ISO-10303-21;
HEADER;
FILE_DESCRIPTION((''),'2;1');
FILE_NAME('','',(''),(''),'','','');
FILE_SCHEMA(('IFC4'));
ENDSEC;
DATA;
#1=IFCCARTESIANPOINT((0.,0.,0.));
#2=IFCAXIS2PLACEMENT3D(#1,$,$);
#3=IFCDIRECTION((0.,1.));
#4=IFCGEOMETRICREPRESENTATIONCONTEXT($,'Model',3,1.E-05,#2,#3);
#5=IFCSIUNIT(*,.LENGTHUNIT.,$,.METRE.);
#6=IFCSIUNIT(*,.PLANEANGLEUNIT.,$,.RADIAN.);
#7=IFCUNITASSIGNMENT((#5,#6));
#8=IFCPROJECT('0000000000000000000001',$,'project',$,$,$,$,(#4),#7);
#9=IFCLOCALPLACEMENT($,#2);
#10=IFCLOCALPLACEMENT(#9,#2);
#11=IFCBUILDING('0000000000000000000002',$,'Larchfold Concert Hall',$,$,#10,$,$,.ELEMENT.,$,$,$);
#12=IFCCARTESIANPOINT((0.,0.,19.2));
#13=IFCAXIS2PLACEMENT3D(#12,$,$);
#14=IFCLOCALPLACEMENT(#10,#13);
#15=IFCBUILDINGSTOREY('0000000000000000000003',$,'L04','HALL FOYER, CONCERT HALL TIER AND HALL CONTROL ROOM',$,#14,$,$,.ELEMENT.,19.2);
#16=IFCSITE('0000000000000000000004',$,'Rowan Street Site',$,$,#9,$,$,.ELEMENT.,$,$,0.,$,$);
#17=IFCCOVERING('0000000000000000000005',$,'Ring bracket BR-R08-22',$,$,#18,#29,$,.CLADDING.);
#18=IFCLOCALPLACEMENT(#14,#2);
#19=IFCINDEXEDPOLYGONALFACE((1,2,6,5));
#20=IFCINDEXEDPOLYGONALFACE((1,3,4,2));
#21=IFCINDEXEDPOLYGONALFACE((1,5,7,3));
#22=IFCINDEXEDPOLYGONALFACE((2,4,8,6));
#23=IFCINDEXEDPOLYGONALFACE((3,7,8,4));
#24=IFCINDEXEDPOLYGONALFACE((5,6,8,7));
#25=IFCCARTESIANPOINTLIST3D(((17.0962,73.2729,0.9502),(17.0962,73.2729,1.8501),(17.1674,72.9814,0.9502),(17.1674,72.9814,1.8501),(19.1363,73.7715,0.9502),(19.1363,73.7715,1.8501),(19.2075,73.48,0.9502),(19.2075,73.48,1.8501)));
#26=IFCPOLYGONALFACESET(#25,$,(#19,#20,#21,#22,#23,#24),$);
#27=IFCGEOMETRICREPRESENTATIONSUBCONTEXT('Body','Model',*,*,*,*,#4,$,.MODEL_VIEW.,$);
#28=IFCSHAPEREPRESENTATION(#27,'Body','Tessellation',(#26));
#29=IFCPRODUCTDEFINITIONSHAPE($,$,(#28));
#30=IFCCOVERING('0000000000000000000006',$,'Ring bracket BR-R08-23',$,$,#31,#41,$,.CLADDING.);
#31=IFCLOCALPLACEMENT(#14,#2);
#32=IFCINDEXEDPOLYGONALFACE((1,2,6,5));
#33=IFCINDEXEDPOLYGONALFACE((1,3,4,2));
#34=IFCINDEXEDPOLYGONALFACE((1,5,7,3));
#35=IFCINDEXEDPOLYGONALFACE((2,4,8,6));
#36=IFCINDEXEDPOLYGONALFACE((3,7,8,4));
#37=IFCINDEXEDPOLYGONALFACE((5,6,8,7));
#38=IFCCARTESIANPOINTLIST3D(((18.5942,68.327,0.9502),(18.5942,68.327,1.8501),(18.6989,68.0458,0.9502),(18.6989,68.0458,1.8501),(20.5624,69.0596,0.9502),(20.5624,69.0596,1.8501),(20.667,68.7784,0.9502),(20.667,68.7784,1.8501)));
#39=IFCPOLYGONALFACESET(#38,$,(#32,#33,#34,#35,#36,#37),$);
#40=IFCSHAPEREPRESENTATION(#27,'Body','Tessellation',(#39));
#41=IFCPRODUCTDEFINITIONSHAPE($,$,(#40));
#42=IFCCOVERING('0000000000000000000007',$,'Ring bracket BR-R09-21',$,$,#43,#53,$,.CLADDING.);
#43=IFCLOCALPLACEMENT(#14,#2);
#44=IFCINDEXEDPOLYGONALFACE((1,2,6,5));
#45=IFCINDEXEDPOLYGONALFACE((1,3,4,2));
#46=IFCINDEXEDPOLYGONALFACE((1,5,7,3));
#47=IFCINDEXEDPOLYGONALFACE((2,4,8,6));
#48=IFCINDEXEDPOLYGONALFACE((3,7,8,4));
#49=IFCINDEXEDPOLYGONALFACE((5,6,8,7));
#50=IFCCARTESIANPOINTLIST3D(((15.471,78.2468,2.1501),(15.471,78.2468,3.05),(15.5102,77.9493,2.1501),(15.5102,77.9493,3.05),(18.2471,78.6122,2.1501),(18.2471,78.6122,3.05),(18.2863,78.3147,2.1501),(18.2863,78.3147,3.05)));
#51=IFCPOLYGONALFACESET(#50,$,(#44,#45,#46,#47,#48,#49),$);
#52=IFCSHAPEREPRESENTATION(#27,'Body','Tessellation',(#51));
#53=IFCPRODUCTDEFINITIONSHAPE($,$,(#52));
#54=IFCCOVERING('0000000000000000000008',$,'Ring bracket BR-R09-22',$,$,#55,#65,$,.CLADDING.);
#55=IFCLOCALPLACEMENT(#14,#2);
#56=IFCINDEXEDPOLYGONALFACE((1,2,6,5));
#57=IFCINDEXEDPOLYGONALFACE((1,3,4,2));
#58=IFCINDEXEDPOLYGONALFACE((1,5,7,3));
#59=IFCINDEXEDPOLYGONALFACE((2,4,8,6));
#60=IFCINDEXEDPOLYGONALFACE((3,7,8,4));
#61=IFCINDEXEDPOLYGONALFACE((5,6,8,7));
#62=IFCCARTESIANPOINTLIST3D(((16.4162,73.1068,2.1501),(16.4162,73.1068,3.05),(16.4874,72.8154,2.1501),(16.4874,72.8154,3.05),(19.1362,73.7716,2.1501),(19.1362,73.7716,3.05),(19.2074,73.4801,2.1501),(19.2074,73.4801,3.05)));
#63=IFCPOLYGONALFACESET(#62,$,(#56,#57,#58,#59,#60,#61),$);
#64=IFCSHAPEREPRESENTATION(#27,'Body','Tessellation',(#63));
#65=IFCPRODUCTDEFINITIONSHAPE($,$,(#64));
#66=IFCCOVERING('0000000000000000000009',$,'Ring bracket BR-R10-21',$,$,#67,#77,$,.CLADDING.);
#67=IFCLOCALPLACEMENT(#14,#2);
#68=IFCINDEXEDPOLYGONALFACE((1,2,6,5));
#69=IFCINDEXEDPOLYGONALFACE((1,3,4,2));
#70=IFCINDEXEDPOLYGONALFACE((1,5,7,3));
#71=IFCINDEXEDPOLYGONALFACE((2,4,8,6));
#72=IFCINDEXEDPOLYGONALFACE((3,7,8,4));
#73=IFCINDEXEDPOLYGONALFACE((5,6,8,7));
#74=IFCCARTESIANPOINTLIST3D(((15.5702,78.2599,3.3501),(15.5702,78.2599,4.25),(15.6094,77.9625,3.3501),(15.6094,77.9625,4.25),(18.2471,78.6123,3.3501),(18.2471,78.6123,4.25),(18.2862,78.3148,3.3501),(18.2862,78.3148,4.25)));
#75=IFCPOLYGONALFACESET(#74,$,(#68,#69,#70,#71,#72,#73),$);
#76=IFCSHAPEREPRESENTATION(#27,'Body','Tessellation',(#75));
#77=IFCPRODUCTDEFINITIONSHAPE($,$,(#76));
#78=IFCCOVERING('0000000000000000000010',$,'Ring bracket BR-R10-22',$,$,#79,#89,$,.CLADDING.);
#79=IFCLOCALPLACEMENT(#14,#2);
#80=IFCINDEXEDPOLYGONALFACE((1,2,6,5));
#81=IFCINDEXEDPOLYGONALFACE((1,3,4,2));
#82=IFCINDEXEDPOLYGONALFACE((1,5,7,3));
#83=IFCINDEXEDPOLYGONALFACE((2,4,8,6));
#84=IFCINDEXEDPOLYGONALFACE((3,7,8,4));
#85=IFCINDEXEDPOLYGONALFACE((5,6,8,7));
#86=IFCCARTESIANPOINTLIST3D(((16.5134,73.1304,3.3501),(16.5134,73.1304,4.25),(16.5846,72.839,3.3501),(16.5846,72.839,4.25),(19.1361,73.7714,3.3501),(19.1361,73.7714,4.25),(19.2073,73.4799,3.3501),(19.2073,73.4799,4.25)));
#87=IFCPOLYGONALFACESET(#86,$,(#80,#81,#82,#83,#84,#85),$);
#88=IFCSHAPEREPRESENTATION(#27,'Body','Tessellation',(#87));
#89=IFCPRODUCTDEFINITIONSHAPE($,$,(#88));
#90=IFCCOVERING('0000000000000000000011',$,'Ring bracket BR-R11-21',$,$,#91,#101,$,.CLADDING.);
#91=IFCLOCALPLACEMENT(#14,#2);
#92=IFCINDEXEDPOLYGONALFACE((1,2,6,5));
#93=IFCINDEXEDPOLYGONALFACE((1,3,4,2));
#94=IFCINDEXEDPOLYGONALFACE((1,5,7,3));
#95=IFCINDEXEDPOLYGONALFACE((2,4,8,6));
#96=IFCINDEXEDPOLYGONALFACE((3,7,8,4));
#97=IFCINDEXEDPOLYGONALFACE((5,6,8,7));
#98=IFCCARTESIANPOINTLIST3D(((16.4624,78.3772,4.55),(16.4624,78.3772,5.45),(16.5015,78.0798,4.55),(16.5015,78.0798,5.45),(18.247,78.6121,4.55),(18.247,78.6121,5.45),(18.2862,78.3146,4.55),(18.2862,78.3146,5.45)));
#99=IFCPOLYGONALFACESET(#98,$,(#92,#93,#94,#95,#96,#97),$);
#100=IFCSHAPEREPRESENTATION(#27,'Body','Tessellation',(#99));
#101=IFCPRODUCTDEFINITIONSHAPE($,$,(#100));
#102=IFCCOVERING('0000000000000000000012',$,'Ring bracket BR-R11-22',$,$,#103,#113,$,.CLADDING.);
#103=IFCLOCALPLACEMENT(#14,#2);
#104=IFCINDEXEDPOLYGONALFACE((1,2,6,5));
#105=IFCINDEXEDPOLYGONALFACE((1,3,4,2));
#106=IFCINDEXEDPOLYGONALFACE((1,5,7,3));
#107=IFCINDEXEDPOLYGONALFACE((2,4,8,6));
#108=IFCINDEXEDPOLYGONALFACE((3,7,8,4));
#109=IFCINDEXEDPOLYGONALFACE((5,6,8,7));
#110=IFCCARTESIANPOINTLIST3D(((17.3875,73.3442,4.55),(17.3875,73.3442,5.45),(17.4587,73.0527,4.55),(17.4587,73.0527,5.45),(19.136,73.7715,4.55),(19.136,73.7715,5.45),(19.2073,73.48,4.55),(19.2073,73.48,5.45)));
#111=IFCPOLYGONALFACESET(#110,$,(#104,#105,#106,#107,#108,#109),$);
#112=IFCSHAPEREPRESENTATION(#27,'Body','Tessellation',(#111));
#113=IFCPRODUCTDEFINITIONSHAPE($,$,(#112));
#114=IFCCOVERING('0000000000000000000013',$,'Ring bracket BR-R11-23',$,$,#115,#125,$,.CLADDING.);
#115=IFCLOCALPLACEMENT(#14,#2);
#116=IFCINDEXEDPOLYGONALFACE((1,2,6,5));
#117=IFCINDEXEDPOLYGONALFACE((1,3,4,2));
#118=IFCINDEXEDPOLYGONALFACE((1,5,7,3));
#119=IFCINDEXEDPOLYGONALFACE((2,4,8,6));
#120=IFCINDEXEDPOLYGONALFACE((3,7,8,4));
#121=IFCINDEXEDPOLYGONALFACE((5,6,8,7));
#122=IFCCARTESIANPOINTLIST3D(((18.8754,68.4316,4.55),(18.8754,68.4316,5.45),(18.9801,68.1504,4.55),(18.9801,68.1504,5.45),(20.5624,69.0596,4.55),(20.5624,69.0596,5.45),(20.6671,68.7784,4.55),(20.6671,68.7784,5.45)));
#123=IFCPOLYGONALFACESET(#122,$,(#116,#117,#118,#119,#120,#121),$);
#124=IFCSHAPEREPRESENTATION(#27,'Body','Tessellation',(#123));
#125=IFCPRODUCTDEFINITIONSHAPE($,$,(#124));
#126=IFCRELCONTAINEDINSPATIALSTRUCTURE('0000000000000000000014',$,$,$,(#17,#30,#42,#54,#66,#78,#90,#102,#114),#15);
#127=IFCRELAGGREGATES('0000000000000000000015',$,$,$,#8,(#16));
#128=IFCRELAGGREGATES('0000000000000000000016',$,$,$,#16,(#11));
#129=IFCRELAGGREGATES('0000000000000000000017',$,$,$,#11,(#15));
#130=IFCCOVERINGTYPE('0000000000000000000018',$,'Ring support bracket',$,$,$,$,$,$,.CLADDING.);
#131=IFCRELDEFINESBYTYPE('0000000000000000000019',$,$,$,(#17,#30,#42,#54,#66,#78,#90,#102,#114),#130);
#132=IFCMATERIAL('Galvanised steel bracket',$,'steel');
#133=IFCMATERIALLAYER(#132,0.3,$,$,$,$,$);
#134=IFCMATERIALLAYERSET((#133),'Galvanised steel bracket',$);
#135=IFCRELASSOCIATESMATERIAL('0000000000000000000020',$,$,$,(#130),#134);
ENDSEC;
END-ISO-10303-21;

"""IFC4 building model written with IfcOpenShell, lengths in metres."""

from ifc_helpers import new_model, si_unit, direction, frame, origin, origin_2d, place, context, subcontext, project, spatial, rectangle, extrude, material, layer, layer_set, type_object, element, save


model = new_model("IFC4")

# Units and contexts
model_context = context("Model", 3, precision=1e-05, world=origin(), true_north=direction((0.0, 1.0)))
body_context = subcontext(model_context, "Body", "Model", "MODEL_VIEW")
ifc_project = project(units=[si_unit("LENGTHUNIT", "METRE"), si_unit("PLANEANGLEUNIT", "RADIAN")], contexts=[model_context])

# Site, building, storey
site_placement = place(None, origin())
site = spatial("IfcSite", under=ifc_project, at=site_placement, Name="Rowan Street Site", CompositionType="ELEMENT", RefElevation=0.0)
building_placement = place(site_placement, origin())
building = spatial("IfcBuilding", under=site, at=building_placement, Name="Larchfold Concert Hall", CompositionType="ELEMENT")
storey_placement = place(building_placement, frame((0.0, 0.0, 19.2)))
storey = spatial("IfcBuildingStorey", under=building, at=storey_placement, Name="L04", Description="HALL FOYER, CONCERT HALL TIER AND HALL CONTROL ROOM", CompositionType="ELEMENT", Elevation=19.2)

# Coverings
ifc_material_1 = material(Name="Galvanised steel bracket", Category="steel")
ifc_layer_1 = layer(ifc_material_1, 0.3)
ifc_layer_set_1 = layer_set([ifc_layer_1], Name="Galvanised steel bracket")
covering_type = type_object("IfcCoveringType", Name="Ring support bracket", PredefinedType="CLADDING", material=ifc_layer_set_1)
for number, where, z_axis, x_axis, name in (
    (1, (18.1519, 73.3765, 0.9502), (0.0, 0.0, 1.0), (-0.971412, -0.237401, 0.0), "Ring bracket BR-R08-22"),
    (2, (19.6306, 68.5527, 0.9502), (0.0, 0.0, 1.0), (-0.937177, -0.348853, 0.0), "Ring bracket BR-R08-23"),
):
    element("IfcCovering", number, at=place(storey_placement, frame(where, z_axis=z_axis, x_axis=x_axis)), inside=storey, type_object=covering_type, Name=name, PredefinedType="CLADDING", context=body_context, shape_type="SweptSolid", body=[
        extrude(rectangle(XDim=2.1001, YDim=0.3, at=origin_2d()), origin(), (0.0, 0.0, 1.0), 0.8999),
    ])
for number, where, z_axis, x_axis, name in (
    (3, (16.8787, 78.2808, 2.1501), (0.0, 0.0, 1.0), (-0.99145, -0.130488, 0.0), "Ring bracket BR-R09-21"),
    (4, (17.8118, 73.2935, 2.1501), (0.0, 0.0, 1.0), (-0.971412, -0.237401, 0.0), "Ring bracket BR-R09-22"),
):
    element("IfcCovering", number, at=place(storey_placement, frame(where, z_axis=z_axis, x_axis=x_axis)), inside=storey, type_object=covering_type, Name=name, PredefinedType="CLADDING", context=body_context, shape_type="SweptSolid", body=[
        extrude(rectangle(XDim=2.8, YDim=0.3, at=origin_2d()), origin(), (0.0, 0.0, 1.0), 0.8999),
    ])
for number, where, z_axis, x_axis, name in (
    (5, (16.9282, 78.2874, 3.3501), (0.0, 0.0, 1.0), (-0.99145, -0.130488, 0.0), "Ring bracket BR-R10-21"),
    (6, (17.8604, 73.3052, 3.3501), (0.0, 0.0, 1.0), (-0.971412, -0.237401, 0.0), "Ring bracket BR-R10-22"),
):
    element("IfcCovering", number, at=place(storey_placement, frame(where, z_axis=z_axis, x_axis=x_axis)), inside=storey, type_object=covering_type, Name=name, PredefinedType="CLADDING", context=body_context, shape_type="SweptSolid", body=[
        extrude(rectangle(XDim=2.7, YDim=0.3, at=origin_2d()), origin(), (0.0, 0.0, 1.0), 0.8999),
    ])
for number, where, z_axis, x_axis, name in (
    (7, (17.3743, 78.3459, 4.55), (0.0, 0.0, 1.0), (-0.99145, -0.130488, 0.0), "Ring bracket BR-R11-21"),
    (8, (18.2974, 73.4121, 4.55), (0.0, 0.0, 1.0), (-0.971412, -0.237401, 0.0), "Ring bracket BR-R11-22"),
    (9, (19.7712, 68.605, 4.55), (0.0, 0.0, 1.0), (-0.937177, -0.348853, 0.0), "Ring bracket BR-R11-23"),
):
    element("IfcCovering", number, at=place(storey_placement, frame(where, z_axis=z_axis, x_axis=x_axis)), inside=storey, type_object=covering_type, Name=name, PredefinedType="CLADDING", context=body_context, shape_type="SweptSolid", body=[
        extrude(rectangle(XDim=1.8, YDim=0.3, at=origin_2d()), origin(), (0.0, 0.0, 1.0), 0.8999),
    ])

save(model, "model.ifc")
